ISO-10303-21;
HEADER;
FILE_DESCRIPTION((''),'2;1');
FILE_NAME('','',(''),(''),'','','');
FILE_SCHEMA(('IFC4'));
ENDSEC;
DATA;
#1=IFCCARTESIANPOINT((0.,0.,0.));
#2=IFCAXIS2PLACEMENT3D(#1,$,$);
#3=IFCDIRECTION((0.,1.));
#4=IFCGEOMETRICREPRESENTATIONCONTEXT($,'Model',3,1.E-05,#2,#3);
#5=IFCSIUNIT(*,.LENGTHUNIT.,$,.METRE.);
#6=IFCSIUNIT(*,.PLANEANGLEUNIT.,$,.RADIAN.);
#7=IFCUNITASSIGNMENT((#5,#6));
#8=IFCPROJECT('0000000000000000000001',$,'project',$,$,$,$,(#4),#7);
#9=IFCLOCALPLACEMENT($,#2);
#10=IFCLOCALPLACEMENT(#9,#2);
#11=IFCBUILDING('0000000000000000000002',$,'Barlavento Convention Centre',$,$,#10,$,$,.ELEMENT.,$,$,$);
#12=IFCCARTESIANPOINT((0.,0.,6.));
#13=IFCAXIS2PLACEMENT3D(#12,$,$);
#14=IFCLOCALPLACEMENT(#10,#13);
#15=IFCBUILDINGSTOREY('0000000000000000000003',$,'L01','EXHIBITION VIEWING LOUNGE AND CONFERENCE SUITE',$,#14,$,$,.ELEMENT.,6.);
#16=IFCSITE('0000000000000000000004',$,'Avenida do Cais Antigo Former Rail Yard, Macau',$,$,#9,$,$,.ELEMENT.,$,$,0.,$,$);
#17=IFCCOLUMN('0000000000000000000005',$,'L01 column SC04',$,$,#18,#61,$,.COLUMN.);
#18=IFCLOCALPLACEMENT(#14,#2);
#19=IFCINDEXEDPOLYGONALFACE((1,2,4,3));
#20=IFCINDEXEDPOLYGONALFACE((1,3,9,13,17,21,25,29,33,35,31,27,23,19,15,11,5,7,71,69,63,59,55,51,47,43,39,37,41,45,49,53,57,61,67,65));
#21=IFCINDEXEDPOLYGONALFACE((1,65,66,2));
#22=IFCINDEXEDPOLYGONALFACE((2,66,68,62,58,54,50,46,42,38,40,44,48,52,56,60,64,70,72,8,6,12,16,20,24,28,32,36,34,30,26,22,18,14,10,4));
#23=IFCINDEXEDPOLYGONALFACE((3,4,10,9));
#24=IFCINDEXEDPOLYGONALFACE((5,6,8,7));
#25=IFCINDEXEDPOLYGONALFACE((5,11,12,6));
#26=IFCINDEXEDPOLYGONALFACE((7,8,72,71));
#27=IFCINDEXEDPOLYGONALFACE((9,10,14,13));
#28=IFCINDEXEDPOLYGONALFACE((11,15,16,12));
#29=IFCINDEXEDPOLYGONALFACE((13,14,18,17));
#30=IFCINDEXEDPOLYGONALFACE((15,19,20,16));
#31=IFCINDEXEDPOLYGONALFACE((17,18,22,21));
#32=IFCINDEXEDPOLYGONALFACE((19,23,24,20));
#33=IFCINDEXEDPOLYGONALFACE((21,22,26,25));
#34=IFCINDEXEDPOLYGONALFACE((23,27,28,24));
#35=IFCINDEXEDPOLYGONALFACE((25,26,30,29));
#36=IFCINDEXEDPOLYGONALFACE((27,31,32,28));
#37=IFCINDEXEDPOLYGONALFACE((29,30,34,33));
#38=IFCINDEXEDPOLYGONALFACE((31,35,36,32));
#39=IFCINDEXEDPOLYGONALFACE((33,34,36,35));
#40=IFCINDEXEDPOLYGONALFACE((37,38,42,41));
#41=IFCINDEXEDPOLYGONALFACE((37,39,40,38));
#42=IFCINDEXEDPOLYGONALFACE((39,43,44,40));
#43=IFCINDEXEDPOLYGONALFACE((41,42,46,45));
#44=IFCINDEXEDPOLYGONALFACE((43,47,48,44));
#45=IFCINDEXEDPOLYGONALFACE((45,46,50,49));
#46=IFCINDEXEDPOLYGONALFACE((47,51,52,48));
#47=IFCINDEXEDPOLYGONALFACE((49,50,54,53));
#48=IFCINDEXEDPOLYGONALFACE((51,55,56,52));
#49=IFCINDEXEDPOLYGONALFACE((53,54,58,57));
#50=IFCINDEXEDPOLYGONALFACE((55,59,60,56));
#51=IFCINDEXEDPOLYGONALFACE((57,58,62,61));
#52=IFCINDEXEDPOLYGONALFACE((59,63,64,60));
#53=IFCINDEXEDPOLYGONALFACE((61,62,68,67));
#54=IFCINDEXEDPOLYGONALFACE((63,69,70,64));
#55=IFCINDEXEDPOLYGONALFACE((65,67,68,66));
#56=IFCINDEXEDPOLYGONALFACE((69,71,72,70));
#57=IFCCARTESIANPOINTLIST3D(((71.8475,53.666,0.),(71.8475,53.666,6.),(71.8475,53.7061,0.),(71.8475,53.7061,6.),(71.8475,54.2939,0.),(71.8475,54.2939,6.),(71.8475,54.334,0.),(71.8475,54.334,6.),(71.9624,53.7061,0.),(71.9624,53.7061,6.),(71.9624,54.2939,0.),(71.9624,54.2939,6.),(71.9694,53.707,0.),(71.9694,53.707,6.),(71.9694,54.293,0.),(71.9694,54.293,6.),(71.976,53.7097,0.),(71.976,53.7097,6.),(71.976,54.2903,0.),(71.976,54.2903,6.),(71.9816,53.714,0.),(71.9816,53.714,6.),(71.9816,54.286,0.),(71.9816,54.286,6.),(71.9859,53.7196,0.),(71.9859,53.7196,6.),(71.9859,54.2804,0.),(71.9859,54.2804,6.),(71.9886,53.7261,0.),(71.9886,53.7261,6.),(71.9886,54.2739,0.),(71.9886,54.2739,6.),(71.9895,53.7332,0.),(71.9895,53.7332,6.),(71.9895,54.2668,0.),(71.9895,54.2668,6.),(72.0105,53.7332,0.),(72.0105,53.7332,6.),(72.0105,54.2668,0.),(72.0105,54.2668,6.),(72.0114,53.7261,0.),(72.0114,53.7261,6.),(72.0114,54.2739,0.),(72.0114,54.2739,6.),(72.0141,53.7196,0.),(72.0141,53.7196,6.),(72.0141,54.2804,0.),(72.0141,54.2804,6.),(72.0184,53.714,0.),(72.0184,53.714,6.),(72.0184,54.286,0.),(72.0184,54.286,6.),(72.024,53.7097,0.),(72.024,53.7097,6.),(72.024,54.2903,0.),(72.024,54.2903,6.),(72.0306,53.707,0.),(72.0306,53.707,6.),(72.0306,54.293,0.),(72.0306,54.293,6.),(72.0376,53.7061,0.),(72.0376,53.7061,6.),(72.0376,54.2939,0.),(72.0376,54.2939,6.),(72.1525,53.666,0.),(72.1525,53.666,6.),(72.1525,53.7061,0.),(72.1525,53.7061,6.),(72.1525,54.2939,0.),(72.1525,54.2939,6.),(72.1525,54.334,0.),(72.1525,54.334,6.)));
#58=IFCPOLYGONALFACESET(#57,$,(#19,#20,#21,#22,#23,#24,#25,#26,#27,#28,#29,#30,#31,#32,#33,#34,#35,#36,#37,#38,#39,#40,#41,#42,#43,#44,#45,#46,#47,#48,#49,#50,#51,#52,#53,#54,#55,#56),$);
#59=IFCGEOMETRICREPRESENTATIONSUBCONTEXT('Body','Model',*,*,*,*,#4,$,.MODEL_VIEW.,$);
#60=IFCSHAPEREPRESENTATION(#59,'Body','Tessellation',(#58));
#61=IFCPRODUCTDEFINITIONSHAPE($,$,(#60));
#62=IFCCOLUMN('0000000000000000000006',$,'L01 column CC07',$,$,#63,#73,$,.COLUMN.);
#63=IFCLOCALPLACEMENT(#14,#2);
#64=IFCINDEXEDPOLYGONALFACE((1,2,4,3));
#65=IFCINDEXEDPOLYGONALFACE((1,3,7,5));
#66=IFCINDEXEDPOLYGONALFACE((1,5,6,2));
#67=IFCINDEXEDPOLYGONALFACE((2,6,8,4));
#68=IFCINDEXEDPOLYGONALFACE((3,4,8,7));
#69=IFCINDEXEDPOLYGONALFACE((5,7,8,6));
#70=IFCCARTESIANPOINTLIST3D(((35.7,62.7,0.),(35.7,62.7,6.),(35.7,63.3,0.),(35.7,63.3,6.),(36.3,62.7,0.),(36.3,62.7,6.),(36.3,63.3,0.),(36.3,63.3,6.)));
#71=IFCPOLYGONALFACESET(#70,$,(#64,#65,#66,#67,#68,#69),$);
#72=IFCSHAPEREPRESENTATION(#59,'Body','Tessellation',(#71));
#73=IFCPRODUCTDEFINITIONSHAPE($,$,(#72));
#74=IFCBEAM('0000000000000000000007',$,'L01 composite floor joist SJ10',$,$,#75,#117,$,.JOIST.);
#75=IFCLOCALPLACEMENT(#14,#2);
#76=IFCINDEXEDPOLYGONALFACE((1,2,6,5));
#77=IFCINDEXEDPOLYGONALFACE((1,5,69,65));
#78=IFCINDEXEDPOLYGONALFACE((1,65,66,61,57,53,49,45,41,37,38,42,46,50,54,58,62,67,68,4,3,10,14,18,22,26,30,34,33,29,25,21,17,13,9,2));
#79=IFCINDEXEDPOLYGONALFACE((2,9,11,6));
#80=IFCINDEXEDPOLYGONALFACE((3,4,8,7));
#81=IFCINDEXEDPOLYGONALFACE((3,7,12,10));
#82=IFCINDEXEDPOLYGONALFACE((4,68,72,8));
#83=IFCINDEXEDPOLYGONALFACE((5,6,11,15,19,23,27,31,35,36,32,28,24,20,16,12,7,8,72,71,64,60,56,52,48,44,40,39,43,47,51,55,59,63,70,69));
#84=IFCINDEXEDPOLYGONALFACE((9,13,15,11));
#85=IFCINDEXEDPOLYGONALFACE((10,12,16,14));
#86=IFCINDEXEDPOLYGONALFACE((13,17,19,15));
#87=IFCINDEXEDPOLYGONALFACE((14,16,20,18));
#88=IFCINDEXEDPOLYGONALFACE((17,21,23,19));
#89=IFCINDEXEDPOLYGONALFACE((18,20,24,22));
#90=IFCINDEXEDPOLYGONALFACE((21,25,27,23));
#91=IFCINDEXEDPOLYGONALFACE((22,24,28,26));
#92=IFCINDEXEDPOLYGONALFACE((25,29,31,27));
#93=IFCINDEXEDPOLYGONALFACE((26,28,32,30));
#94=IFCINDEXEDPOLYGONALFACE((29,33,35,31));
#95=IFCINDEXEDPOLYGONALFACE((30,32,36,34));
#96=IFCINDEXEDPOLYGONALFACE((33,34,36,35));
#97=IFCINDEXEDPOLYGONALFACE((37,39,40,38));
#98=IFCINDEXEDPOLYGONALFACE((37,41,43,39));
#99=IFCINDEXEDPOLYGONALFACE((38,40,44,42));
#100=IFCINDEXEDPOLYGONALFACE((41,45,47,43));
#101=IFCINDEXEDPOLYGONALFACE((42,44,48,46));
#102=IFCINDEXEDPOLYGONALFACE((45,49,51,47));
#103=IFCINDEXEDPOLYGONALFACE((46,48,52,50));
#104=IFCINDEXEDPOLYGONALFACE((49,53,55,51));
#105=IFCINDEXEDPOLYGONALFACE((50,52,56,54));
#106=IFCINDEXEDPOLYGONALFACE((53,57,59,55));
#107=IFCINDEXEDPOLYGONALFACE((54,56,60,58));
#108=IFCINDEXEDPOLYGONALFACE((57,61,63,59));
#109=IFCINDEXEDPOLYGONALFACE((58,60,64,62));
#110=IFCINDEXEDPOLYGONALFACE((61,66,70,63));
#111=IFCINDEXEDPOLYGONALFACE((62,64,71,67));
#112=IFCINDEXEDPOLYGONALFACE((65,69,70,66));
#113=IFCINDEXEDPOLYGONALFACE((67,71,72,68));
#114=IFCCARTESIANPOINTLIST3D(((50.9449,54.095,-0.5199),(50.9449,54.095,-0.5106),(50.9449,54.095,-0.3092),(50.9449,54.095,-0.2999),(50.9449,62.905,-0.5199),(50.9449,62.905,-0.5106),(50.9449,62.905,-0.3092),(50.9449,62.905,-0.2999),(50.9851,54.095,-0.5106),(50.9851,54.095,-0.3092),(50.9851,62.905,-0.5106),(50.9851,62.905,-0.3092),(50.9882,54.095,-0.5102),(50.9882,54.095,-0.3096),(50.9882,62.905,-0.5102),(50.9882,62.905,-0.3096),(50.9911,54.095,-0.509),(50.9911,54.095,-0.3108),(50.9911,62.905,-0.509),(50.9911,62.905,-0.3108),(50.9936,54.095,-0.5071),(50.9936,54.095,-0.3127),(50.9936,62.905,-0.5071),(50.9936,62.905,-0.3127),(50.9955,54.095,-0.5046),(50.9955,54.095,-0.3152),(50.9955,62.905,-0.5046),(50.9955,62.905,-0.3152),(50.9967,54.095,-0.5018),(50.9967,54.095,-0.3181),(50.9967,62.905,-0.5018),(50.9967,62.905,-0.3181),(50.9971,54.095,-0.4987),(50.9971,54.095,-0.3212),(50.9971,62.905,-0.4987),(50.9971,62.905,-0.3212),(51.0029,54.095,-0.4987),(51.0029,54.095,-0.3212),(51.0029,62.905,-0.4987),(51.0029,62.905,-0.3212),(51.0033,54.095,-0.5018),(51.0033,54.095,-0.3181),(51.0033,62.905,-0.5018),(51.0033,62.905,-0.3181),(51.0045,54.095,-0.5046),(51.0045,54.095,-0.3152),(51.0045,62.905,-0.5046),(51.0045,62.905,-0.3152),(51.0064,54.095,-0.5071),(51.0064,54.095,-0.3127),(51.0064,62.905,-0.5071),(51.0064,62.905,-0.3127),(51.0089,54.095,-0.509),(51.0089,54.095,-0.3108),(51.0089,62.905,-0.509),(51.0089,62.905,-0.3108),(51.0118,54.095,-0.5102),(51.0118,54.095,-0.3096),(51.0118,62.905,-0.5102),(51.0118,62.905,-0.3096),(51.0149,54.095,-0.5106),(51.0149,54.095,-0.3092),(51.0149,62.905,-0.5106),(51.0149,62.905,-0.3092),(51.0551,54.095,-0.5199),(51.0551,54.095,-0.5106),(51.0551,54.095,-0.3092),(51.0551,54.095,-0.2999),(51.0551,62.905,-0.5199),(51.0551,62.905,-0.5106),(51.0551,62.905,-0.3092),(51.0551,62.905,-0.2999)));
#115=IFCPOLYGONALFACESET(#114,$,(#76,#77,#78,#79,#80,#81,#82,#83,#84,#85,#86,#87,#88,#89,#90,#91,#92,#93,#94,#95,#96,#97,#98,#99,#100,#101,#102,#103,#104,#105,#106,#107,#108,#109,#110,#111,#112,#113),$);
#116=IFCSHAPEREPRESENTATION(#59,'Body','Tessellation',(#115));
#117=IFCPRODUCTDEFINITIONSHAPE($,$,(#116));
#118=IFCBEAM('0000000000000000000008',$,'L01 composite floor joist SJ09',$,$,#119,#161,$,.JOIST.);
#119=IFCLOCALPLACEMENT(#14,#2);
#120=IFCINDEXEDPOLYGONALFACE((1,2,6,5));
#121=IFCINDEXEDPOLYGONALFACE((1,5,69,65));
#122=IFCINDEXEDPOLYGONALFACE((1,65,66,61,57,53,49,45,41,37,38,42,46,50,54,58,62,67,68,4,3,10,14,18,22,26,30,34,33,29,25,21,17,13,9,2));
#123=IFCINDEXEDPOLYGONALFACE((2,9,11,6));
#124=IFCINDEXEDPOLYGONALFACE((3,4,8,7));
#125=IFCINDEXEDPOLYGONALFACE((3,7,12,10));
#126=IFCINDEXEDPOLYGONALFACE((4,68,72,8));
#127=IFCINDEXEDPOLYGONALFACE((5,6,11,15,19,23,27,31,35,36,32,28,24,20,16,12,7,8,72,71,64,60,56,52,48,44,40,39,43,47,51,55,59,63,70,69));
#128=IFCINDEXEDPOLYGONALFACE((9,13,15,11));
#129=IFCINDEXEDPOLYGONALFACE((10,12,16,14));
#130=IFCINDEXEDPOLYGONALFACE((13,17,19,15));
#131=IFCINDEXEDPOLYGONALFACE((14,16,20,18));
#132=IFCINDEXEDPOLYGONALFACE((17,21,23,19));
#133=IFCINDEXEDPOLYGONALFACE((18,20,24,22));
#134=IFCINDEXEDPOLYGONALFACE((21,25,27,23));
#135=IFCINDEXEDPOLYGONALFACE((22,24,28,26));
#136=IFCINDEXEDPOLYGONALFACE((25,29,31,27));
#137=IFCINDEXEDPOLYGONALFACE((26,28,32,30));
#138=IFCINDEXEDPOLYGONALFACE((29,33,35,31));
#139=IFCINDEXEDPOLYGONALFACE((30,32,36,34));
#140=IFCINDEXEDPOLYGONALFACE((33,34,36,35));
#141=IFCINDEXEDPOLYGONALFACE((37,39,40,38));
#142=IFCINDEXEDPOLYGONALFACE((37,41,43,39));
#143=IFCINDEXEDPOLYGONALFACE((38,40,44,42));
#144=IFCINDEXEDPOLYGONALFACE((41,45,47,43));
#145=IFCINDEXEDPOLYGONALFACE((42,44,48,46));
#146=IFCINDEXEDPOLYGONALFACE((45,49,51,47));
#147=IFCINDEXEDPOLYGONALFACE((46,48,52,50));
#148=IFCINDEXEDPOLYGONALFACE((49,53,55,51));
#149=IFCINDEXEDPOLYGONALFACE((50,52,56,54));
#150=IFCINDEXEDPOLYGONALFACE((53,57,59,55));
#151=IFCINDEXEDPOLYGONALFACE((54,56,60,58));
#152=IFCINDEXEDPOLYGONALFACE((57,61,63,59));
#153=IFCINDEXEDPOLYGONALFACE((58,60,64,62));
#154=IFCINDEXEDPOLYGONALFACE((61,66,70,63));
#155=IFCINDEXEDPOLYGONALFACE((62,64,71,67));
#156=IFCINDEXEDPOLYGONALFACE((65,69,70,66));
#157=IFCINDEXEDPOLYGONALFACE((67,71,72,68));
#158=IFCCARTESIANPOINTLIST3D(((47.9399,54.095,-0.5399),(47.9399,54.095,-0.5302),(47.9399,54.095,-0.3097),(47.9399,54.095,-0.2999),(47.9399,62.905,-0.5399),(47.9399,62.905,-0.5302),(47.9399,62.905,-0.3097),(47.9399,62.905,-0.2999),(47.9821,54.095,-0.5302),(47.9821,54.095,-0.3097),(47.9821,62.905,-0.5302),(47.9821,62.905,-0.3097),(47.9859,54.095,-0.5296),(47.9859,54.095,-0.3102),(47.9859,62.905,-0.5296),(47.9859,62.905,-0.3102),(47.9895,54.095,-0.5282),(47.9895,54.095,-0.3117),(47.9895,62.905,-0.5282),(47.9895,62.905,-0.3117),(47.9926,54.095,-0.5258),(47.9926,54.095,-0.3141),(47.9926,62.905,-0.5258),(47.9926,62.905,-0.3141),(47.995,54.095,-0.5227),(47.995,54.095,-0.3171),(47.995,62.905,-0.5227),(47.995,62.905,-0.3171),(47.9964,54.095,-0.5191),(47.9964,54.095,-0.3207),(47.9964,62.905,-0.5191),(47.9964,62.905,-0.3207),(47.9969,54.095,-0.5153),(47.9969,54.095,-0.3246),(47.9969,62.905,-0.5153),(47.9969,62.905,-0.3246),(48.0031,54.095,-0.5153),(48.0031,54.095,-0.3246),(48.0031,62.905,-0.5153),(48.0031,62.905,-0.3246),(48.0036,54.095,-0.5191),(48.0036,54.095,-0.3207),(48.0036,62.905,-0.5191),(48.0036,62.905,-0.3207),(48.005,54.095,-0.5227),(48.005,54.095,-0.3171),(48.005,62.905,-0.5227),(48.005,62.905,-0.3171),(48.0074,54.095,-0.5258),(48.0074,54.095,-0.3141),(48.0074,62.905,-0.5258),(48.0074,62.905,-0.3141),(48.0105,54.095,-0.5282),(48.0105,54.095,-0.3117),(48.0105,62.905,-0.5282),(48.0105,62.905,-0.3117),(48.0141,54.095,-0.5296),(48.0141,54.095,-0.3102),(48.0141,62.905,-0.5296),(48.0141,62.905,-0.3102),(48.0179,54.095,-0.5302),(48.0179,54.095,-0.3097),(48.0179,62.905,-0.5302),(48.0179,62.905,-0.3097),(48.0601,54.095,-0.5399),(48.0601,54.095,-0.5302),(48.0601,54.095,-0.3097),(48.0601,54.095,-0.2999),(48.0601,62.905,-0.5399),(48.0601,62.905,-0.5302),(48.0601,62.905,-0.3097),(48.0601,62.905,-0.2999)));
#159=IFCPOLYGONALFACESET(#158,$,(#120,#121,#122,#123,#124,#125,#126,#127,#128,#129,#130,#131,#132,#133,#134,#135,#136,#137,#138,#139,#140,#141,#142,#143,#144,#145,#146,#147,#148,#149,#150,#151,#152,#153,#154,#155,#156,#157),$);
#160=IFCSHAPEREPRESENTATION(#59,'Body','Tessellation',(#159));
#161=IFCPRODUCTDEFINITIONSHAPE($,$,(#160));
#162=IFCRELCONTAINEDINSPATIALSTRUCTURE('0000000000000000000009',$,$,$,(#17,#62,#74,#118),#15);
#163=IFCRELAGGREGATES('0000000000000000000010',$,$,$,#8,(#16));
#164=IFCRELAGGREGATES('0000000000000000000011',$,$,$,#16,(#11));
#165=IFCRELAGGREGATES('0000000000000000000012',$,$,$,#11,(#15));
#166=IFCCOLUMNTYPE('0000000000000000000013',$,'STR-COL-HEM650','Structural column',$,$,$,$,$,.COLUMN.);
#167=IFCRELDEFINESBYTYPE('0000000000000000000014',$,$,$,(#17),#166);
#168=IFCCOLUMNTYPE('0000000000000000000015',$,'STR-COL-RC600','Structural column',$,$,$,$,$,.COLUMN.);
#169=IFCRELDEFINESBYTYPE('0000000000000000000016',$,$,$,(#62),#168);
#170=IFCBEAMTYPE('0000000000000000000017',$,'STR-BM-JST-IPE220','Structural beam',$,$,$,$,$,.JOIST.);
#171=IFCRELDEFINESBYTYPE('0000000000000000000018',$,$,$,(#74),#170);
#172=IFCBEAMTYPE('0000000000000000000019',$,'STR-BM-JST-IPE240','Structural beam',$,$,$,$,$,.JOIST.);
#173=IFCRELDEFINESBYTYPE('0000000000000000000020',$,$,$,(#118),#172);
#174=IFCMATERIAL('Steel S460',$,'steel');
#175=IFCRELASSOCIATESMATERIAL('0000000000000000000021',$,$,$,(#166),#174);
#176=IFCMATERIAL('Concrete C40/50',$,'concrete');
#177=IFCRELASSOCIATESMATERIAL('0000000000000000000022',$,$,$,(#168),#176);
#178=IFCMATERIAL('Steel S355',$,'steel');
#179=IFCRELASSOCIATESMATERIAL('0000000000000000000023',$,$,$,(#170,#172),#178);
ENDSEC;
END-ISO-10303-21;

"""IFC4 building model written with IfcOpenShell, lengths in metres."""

from ifc_helpers import new_model, si_unit, direction, frame, origin, origin_2d, place, context, subcontext, project, spatial, rectangle, i_section, extrude, material, material_profile, profile_set, type_object, element, save


model = new_model("IFC4")

# Units and contexts
model_context = context("Model", 3, precision=1e-05, world=origin(), true_north=direction((0.0, 1.0)))
body_context = subcontext(model_context, "Body", "Model", "MODEL_VIEW")
ifc_project = project(units=[si_unit("LENGTHUNIT", "METRE"), si_unit("PLANEANGLEUNIT", "RADIAN")], contexts=[model_context])

# Site, building, storey
site_placement = place(None, origin())
site = spatial("IfcSite", under=ifc_project, at=site_placement, Name="Avenida do Cais Antigo Former Rail Yard, Macau", CompositionType="ELEMENT", RefElevation=0.0)
building_placement = place(site_placement, origin())
building = spatial("IfcBuilding", under=site, at=building_placement, Name="Barlavento Convention Centre", CompositionType="ELEMENT")
storey_placement = place(building_placement, frame((0.0, 0.0, 6.0)))
storey = spatial("IfcBuildingStorey", under=building, at=storey_placement, Name="L01", Description="EXHIBITION VIEWING LOUNGE AND CONFERENCE SUITE", CompositionType="ELEMENT", Elevation=6.0)

# Columns
ifc_material_1 = material(Name="Steel S460", Category="steel")
ifc_material_profile_1 = material_profile(ifc_material_1, i_section(OverallWidth=0.3049, OverallDepth=0.668, WebThickness=0.021, FlangeThickness=0.04, FilletRadius=0.0271, at=origin_2d()), Name="HEM 650")
ifc_profile_set_1 = profile_set([ifc_material_profile_1], Name="Steel S460")
column_type_1 = type_object("IfcColumnType", Name="STR-COL-HEM650", Description="Structural column", PredefinedType="COLUMN", material=ifc_profile_set_1)
column_1_placement = place(storey_placement, frame((72.0, 54.0, 0.0), z_axis=(0.0, 0.0, 1.0), x_axis=(1.0, 0.0, 0.0)))
element("IfcColumn", 1, at=column_1_placement, inside=storey, type_object=column_type_1, Name="L01 column SC04", PredefinedType="COLUMN", context=body_context, shape_type="SweptSolid", body=[
    extrude(i_section(OverallWidth=0.3049, OverallDepth=0.668, WebThickness=0.021, FlangeThickness=0.04, FilletRadius=0.0271, at=origin_2d()), origin(), (0.0, 0.0, 1.0), 6.0),
])
ifc_material_2 = material(Name="Concrete C40/50", Category="concrete")
ifc_material_profile_2 = material_profile(ifc_material_2, rectangle(XDim=0.6001, YDim=0.6001, at=origin_2d()), Name="RC 600x600")
ifc_profile_set_2 = profile_set([ifc_material_profile_2], Name="Concrete C40/50")
column_type_2 = type_object("IfcColumnType", Name="STR-COL-RC600", Description="Structural column", PredefinedType="COLUMN", material=ifc_profile_set_2)
column_2_placement = place(storey_placement, frame((36.0, 63.0, 0.0), z_axis=(0.0, 0.0, 1.0), x_axis=(1.0, 0.0, 0.0)))
element("IfcColumn", 2, at=column_2_placement, inside=storey, type_object=column_type_2, Name="L01 column CC07", PredefinedType="COLUMN", context=body_context, shape_type="SweptSolid", body=[
    extrude(rectangle(XDim=0.6001, YDim=0.6001, at=origin_2d()), origin(), (0.0, 0.0, 1.0), 6.0),
])

# Beams
ifc_material_3 = material(Name="Steel S355", Category="steel")
ifc_material_profile_3 = material_profile(ifc_material_3, i_section(OverallWidth=0.1101, OverallDepth=0.22, WebThickness=0.0059, FlangeThickness=0.0093, FilletRadius=0.012, at=origin_2d()), Name="IPE 220")
ifc_profile_set_3 = profile_set([ifc_material_profile_3], Name="Steel S355")
beam_type_1 = type_object("IfcBeamType", Name="STR-BM-JST-IPE220", Description="Structural beam", PredefinedType="JOIST", material=ifc_profile_set_3)
beam_1_placement = place(storey_placement, frame((51.0, 54.095, -0.4099), z_axis=(0.0, 1.0, 0.0), x_axis=(-1.0, 0.0, 0.0)))
element("IfcBeam", 3, at=beam_1_placement, inside=storey, type_object=beam_type_1, Name="L01 composite floor joist SJ10", PredefinedType="JOIST", context=body_context, shape_type="SweptSolid", body=[
    extrude(i_section(OverallWidth=0.1101, OverallDepth=0.22, WebThickness=0.0059, FlangeThickness=0.0093, FilletRadius=0.012, at=origin_2d()), origin(), (0.0, 0.0, 1.0), 8.8101),
])
ifc_material_profile_4 = material_profile(ifc_material_3, i_section(OverallWidth=0.1201, OverallDepth=0.24, WebThickness=0.0061, FlangeThickness=0.0098, FilletRadius=0.0149, at=origin_2d()), Name="IPE 240")
ifc_profile_set_4 = profile_set([ifc_material_profile_4], Name="Steel S355")
beam_type_2 = type_object("IfcBeamType", Name="STR-BM-JST-IPE240", Description="Structural beam", PredefinedType="JOIST", material=ifc_profile_set_4)
beam_2_placement = place(storey_placement, frame((48.0, 54.095, -0.4199), z_axis=(0.0, 1.0, 0.0), x_axis=(-1.0, 0.0, 0.0)))
element("IfcBeam", 4, at=beam_2_placement, inside=storey, type_object=beam_type_2, Name="L01 composite floor joist SJ09", PredefinedType="JOIST", context=body_context, shape_type="SweptSolid", body=[
    extrude(i_section(OverallWidth=0.1201, OverallDepth=0.24, WebThickness=0.0061, FlangeThickness=0.0098, FilletRadius=0.0149, at=origin_2d()), origin(), (0.0, 0.0, 1.0), 8.8101),
])

save(model, "model.ifc")
